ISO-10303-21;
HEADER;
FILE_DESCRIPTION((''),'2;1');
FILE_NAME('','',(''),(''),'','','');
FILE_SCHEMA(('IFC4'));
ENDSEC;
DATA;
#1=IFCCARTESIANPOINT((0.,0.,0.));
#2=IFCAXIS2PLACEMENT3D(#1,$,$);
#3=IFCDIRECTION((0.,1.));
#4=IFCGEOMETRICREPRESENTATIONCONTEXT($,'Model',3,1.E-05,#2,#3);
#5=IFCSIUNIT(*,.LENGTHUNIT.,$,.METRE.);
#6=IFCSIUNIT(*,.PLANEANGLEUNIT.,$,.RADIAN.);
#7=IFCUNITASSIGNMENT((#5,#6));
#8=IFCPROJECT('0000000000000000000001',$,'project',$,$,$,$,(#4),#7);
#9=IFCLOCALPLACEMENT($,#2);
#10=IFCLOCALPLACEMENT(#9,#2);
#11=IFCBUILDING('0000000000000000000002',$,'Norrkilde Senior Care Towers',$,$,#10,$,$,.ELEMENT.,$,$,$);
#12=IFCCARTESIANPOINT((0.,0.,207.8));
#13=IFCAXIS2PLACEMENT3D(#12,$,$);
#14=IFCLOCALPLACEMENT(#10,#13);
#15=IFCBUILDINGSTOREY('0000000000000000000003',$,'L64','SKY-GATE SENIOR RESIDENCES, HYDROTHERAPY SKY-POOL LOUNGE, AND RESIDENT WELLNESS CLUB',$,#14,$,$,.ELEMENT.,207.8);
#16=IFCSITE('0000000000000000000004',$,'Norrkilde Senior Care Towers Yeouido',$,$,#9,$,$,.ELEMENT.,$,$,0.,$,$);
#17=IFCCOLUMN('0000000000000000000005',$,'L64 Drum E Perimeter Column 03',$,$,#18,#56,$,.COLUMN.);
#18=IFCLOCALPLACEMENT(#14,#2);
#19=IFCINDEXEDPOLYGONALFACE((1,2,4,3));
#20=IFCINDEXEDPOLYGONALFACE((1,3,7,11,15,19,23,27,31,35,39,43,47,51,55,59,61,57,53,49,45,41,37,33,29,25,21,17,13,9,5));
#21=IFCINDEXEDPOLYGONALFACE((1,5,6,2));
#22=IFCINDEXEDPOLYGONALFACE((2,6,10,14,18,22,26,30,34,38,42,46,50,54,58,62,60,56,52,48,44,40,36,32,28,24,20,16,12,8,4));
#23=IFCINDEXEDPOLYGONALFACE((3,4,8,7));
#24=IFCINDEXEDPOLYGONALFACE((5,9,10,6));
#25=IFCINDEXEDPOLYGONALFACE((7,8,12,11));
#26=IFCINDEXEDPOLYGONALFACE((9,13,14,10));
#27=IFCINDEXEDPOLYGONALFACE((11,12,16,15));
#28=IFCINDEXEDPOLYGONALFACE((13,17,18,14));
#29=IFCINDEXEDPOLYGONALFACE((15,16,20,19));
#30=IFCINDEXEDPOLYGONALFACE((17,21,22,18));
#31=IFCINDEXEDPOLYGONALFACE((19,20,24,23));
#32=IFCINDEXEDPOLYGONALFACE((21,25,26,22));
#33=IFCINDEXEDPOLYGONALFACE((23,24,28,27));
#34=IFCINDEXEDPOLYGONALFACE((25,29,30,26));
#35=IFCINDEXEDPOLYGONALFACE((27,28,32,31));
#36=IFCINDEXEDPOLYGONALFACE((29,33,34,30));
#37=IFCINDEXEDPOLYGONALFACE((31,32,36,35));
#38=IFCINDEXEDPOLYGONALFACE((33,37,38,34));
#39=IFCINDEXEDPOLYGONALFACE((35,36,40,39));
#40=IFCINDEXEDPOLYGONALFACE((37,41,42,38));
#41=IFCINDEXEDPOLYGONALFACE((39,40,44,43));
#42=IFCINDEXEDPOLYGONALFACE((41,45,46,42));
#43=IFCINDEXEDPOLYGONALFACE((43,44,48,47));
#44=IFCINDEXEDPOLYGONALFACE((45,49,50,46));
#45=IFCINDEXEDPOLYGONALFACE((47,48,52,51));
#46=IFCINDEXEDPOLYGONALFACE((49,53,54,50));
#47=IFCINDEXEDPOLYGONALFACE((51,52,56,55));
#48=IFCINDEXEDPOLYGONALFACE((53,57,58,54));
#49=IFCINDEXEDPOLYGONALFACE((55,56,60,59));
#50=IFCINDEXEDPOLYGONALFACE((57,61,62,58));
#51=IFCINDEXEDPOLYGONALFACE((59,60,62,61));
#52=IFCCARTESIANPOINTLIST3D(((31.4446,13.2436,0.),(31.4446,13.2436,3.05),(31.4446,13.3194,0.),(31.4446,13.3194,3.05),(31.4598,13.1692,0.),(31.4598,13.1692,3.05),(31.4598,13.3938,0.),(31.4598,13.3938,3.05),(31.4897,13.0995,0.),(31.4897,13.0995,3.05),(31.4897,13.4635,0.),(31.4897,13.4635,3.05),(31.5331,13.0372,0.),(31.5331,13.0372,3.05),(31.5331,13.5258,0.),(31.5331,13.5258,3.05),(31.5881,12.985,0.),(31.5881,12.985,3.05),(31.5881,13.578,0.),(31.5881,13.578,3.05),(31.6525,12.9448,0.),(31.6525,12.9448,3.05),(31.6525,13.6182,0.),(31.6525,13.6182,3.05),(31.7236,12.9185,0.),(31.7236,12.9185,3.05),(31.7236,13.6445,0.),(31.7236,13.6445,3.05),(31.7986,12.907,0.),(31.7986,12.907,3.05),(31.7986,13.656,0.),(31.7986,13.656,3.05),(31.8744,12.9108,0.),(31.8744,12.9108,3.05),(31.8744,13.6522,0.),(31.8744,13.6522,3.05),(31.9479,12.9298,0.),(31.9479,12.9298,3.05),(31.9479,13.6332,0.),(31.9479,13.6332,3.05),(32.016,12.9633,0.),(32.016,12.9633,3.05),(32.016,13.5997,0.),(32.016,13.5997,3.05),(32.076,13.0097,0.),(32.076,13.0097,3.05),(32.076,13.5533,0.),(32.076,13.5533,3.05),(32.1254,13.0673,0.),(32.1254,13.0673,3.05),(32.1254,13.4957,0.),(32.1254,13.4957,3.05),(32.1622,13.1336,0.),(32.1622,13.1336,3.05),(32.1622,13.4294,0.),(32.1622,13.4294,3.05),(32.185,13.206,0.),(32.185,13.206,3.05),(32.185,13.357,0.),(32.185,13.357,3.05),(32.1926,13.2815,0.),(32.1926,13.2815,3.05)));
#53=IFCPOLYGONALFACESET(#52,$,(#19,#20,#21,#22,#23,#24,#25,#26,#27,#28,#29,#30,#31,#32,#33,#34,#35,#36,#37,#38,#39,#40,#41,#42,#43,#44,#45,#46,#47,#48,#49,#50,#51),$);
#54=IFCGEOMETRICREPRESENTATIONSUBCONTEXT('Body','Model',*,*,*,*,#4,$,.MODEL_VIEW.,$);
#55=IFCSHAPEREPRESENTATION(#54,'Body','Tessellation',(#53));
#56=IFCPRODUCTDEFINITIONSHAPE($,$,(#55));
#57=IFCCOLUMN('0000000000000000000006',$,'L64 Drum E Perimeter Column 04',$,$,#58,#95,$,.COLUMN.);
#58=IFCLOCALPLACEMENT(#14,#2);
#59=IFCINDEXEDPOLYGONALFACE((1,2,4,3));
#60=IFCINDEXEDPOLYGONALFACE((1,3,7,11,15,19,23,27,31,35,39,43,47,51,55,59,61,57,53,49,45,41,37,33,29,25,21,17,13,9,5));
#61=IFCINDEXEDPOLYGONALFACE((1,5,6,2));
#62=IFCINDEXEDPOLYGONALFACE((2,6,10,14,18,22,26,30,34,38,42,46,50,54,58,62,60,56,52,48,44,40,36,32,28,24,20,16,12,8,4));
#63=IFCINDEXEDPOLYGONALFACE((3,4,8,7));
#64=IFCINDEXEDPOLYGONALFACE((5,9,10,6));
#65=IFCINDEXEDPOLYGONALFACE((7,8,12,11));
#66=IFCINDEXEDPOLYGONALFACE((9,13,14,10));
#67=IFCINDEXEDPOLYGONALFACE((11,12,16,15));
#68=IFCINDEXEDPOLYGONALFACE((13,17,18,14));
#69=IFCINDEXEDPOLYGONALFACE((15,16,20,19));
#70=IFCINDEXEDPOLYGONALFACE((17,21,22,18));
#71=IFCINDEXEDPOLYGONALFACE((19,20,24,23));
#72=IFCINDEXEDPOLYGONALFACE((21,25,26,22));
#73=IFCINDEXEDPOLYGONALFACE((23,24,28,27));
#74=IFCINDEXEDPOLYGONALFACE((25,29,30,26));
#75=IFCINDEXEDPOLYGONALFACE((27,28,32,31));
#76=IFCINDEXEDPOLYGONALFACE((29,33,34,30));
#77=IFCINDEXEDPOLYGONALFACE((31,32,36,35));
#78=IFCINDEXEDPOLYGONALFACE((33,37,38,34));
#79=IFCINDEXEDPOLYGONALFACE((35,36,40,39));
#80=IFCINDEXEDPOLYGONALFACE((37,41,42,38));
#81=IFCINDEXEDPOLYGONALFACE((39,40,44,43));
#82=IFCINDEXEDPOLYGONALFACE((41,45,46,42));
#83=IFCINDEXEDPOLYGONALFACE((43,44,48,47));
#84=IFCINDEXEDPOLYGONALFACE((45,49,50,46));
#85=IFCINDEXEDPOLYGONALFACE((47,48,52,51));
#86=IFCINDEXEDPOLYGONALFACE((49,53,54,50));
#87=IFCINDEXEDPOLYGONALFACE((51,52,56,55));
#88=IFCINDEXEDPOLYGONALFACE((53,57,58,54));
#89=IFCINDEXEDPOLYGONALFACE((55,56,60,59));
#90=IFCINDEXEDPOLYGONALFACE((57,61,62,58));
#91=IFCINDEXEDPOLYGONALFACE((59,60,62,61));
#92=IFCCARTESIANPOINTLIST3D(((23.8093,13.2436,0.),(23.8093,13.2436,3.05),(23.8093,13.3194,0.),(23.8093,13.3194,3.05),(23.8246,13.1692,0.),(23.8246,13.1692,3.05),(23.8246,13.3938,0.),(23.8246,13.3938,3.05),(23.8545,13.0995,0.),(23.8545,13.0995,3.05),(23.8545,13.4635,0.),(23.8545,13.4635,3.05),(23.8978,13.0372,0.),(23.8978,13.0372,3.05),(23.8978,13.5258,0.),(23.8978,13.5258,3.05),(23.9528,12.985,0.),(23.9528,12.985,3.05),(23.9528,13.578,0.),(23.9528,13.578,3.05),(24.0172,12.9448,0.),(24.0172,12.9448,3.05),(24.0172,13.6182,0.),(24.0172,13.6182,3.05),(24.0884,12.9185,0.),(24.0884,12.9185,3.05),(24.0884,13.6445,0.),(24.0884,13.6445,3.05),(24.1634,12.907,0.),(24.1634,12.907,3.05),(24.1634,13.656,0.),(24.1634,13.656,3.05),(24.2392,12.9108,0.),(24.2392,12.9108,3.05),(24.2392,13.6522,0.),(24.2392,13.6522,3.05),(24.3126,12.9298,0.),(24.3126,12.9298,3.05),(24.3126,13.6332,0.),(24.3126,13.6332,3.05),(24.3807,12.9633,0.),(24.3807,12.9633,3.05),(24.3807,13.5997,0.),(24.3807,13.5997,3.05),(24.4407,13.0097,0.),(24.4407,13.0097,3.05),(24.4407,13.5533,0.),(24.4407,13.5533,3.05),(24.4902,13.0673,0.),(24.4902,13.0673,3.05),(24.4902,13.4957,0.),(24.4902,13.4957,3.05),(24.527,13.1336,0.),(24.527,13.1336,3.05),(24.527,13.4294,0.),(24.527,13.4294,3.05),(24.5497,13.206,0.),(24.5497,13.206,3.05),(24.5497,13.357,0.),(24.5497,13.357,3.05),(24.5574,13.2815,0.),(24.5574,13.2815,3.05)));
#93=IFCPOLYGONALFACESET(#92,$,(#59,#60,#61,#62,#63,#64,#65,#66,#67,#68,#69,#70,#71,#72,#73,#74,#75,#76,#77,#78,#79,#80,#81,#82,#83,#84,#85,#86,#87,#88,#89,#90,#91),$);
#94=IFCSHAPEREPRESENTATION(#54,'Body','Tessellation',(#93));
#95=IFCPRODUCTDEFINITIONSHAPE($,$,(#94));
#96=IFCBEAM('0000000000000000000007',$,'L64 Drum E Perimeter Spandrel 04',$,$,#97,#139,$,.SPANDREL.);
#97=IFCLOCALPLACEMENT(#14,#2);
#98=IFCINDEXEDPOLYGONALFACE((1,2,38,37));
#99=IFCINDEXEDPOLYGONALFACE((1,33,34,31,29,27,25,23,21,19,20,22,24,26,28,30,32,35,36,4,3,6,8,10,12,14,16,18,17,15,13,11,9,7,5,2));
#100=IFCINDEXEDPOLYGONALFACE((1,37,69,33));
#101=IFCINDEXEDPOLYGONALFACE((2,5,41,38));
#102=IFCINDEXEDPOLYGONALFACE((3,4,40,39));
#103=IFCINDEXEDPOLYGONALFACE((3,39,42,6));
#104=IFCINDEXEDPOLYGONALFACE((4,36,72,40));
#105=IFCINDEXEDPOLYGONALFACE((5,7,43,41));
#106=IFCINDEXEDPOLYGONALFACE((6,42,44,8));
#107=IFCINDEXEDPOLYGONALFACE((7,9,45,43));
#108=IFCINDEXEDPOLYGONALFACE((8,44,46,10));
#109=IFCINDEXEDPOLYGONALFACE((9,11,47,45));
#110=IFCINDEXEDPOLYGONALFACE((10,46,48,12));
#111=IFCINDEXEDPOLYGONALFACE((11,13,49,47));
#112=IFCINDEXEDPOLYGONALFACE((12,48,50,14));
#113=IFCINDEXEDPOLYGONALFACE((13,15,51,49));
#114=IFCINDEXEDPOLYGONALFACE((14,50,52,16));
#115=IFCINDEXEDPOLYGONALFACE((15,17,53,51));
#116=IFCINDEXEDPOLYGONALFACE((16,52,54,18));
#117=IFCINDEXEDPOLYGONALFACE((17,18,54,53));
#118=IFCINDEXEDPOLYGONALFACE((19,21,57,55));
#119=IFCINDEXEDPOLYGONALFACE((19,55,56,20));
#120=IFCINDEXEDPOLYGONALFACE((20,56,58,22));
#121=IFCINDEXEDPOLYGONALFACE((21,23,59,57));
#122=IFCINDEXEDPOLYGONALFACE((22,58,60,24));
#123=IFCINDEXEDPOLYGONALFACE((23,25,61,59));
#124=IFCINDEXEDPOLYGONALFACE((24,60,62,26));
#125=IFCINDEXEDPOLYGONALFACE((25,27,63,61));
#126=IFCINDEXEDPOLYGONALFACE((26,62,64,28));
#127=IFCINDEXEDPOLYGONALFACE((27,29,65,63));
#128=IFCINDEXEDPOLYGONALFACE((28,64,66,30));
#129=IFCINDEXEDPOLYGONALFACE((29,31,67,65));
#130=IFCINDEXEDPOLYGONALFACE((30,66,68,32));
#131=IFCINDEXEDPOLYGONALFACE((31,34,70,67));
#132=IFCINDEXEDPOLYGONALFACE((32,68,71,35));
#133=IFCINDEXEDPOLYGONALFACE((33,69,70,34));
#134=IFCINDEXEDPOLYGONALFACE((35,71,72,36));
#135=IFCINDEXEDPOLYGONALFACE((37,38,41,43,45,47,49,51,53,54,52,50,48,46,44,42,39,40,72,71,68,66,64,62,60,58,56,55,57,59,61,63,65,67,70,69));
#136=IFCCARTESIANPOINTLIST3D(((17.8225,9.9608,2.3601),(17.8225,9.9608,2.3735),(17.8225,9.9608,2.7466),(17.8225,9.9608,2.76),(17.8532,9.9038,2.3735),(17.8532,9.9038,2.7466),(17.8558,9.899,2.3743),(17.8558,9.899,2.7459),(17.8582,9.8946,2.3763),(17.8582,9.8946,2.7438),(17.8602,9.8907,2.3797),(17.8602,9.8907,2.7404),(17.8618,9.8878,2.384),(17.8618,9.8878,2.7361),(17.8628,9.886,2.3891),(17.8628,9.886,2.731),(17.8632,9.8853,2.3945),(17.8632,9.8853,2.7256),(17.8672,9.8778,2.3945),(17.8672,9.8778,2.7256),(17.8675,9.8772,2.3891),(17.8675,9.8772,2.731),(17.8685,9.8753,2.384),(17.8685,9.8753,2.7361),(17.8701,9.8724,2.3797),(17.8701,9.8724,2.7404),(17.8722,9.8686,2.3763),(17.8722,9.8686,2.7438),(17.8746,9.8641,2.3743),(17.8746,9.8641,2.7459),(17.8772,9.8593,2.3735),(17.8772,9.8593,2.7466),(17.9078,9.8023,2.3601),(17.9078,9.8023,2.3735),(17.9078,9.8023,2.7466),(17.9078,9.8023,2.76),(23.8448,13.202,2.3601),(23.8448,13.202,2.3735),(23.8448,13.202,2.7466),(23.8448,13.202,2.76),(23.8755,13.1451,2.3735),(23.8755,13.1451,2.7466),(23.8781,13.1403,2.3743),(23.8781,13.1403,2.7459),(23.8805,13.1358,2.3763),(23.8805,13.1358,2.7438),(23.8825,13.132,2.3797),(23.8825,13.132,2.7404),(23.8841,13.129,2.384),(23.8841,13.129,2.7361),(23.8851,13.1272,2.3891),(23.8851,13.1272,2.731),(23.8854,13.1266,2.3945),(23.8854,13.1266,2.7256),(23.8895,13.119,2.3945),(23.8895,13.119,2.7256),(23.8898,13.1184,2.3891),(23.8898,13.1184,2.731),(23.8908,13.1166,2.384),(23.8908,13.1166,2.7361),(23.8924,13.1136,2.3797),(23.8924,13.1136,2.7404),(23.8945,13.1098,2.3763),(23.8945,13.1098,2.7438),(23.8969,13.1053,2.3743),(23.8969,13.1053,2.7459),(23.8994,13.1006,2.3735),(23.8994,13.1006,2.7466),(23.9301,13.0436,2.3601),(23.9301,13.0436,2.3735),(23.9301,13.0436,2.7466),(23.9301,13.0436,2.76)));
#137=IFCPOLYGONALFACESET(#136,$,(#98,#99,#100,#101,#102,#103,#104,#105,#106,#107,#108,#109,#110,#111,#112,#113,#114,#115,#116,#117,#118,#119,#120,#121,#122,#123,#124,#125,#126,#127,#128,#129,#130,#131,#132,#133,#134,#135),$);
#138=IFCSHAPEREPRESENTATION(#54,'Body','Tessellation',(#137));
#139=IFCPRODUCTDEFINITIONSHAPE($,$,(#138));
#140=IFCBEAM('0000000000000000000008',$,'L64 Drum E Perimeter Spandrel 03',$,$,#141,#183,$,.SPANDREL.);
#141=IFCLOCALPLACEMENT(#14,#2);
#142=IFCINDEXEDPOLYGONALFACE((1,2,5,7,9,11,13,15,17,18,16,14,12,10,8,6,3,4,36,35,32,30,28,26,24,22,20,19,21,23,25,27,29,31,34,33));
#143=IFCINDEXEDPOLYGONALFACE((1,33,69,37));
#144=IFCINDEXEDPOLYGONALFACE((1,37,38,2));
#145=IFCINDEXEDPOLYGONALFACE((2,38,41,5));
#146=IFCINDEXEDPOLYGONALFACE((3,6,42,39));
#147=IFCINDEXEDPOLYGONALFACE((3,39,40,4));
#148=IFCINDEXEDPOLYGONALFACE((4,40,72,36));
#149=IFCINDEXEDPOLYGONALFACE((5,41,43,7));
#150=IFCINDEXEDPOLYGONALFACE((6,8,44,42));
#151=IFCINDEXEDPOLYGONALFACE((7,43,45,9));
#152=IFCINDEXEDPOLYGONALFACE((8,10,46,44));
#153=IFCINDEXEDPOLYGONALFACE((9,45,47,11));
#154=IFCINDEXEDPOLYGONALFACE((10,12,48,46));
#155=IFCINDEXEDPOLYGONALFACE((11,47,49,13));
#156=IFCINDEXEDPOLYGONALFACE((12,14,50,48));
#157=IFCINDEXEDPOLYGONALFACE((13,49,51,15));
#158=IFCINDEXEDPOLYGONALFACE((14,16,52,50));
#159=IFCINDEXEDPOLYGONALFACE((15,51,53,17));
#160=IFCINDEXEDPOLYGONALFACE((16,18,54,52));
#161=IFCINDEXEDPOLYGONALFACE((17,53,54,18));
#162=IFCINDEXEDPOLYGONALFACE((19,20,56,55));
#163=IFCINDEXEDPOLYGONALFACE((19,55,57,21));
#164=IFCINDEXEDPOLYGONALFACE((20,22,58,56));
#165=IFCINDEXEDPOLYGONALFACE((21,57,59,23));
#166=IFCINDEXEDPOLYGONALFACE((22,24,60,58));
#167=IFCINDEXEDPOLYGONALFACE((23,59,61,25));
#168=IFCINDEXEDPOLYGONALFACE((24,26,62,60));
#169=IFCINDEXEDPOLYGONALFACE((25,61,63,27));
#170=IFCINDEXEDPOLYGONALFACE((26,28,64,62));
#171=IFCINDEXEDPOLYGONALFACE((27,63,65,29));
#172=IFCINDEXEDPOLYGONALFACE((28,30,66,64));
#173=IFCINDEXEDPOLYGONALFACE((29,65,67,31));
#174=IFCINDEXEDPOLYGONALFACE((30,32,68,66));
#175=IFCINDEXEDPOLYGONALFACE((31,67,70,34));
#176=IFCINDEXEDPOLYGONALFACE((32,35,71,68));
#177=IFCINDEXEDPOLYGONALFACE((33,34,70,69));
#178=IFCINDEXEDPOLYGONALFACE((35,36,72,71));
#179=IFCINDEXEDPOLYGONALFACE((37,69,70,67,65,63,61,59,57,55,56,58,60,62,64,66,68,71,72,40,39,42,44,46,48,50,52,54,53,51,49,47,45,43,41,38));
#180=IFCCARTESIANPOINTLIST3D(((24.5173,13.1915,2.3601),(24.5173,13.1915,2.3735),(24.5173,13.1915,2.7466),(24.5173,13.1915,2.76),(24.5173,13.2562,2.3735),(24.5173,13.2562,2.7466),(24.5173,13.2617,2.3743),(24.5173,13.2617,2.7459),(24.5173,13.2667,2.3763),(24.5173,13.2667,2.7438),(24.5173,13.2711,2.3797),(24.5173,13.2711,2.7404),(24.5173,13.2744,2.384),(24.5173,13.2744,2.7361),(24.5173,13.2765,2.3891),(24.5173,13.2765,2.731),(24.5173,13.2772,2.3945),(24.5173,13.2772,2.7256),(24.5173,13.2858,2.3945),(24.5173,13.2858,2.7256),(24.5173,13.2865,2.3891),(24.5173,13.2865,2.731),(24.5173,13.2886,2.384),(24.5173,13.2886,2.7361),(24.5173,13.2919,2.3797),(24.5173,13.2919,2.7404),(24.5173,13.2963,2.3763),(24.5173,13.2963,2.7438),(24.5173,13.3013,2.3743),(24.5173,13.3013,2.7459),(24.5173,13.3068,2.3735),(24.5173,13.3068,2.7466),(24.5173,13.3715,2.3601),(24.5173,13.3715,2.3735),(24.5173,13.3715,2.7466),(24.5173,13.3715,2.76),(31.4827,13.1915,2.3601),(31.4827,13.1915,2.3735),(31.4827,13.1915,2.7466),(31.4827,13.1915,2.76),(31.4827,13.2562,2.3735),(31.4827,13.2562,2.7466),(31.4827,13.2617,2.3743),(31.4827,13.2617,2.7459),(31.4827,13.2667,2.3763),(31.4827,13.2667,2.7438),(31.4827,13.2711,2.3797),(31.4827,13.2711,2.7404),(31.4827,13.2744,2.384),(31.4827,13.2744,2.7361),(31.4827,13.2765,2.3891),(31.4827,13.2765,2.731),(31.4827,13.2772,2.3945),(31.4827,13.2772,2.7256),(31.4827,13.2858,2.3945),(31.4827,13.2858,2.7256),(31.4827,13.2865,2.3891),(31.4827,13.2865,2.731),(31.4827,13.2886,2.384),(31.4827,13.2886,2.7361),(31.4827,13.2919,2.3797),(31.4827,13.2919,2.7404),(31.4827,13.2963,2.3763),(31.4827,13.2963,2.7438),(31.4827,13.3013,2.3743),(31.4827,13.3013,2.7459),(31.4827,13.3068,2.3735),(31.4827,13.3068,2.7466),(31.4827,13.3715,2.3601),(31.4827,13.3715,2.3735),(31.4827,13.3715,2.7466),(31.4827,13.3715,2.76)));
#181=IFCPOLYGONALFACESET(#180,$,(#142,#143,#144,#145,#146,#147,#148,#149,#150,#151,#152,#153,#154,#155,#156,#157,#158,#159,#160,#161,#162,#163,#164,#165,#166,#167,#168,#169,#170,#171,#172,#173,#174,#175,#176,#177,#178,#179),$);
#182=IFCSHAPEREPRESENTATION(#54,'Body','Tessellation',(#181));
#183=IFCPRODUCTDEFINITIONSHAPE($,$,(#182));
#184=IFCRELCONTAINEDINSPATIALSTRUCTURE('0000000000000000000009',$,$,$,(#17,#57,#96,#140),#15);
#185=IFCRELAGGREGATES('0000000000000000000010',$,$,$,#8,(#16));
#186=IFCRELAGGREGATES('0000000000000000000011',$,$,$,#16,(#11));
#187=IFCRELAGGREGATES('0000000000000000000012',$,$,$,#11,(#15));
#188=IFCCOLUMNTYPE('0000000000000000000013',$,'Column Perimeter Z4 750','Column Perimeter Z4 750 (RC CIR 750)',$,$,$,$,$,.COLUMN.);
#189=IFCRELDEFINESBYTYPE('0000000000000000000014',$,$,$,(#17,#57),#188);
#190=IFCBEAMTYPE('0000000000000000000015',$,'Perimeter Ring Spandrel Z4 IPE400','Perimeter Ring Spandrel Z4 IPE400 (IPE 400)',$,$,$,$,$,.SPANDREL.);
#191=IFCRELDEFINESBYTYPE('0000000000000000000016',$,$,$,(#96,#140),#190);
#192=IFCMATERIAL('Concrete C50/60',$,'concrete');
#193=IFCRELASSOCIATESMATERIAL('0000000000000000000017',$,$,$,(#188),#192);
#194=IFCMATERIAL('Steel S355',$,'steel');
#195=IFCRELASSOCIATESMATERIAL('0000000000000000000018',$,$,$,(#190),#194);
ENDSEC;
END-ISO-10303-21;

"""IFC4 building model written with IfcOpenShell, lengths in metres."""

from ifc_helpers import new_model, si_unit, direction, frame, origin, origin_2d, place, context, subcontext, project, spatial, circle, i_section, extrude, source, transform, mapped, material, material_profile, profile_set, type_object, type_shapes, element, save


model = new_model("IFC4")

# Units and contexts
model_context = context("Model", 3, precision=1e-05, world=origin(), true_north=direction((0.0, 1.0)))
body_context = subcontext(model_context, "Body", "Model", "MODEL_VIEW")
ifc_project = project(units=[si_unit("LENGTHUNIT", "METRE"), si_unit("PLANEANGLEUNIT", "RADIAN")], contexts=[model_context])

# Site, building, storey
site_placement = place(None, origin())
site = spatial("IfcSite", under=ifc_project, at=site_placement, Name="Norrkilde Senior Care Towers Yeouido", CompositionType="ELEMENT", RefElevation=0.0)
building_placement = place(site_placement, origin())
building = spatial("IfcBuilding", under=site, at=building_placement, Name="Norrkilde Senior Care Towers", CompositionType="ELEMENT")
storey_placement = place(building_placement, frame((0.0, 0.0, 207.8)))
storey = spatial("IfcBuildingStorey", under=building, at=storey_placement, Name="L64", Description="SKY-GATE SENIOR RESIDENCES, HYDROTHERAPY SKY-POOL LOUNGE, AND RESIDENT WELLNESS CLUB", CompositionType="ELEMENT", Elevation=207.8)

# Columns
ifc_material_1 = material(Name="Concrete C50/60", Category="concrete")
ifc_material_profile_1 = material_profile(ifc_material_1, circle(Radius=0.375, at=origin_2d()), Name="RC CIR 750")
ifc_profile_set_1 = profile_set([ifc_material_profile_1], Name="Concrete C50/60")
column_type = type_object("IfcColumnType", Name="Column Perimeter Z4 750", Description="Column Perimeter Z4 750 (RC CIR 750)", PredefinedType="COLUMN", material=ifc_profile_set_1)
shared_shape_1 = source(origin(), body_context, "Body", "SweptSolid", [
    extrude(circle(Radius=0.375, at=origin_2d()), origin(), (0.0, 0.0, 1.0), 3.05),
])
type_shapes(column_type, [shared_shape_1])
for number, where, z_axis, x_axis, name in (
    (1, (31.8176, 13.2815, 0.0), (0.0, 0.0, 1.0), (1.0, 0.0, 0.0), "L64 Drum E Perimeter Column 03"),
    (2, (24.1824, 13.2815, 0.0), (0.0, 0.0, 1.0), (1.0, 0.0, 0.0), "L64 Drum E Perimeter Column 04"),
):
    element("IfcColumn", number, at=place(storey_placement, frame(where, z_axis=z_axis, x_axis=x_axis)), inside=storey, type_object=column_type, Name=name, PredefinedType="COLUMN", context=body_context, shape_type="MappedRepresentation", body=[
        mapped(shared_shape_1, transform((0.0, 0.0, 0.0), x_axis=(1.0, 0.0, 0.0), y_axis=(0.0, 1.0, 0.0), z_axis=(0.0, 0.0, 1.0), scale=1.0)),
    ])

# Beams
ifc_material_2 = material(Name="Steel S355", Category="steel")
ifc_material_profile_2 = material_profile(ifc_material_2, i_section(OverallWidth=0.1799, OverallDepth=0.3999, WebThickness=0.0085, FlangeThickness=0.0134, FilletRadius=0.021, at=origin_2d()), Name="IPE 400")
ifc_profile_set_2 = profile_set([ifc_material_profile_2], Name="Steel S355")
beam_type_1 = type_object("IfcBeamType", Name="Perimeter Ring Spandrel Z4 IPE400", Description="Perimeter Ring Spandrel Z4 IPE400 (IPE 400)", PredefinedType="SPANDREL", material=ifc_profile_set_2)
shared_shape_2 = source(origin(), body_context, "Body", "SweptSolid", [
    extrude(i_section(OverallWidth=0.1799, OverallDepth=0.3999, WebThickness=0.0085, FlangeThickness=0.0134, FilletRadius=0.021, at=origin_2d()), origin(), (0.0, 0.0, 1.0), 6.8391),
])
beam_1_placement = place(storey_placement, frame((23.8875, 13.1228, 2.5601), z_axis=(-0.880564, -0.473927, 0.0), x_axis=(0.473927, -0.880564, 0.0)))
element("IfcBeam", 3, at=beam_1_placement, inside=storey, type_object=beam_type_1, Name="L64 Drum E Perimeter Spandrel 04", PredefinedType="SPANDREL", context=body_context, shape_type="MappedRepresentation", body=[
    mapped(shared_shape_2, transform((0.0, 0.0, 0.0), x_axis=(1.0, 0.0, 0.0), y_axis=(0.0, 1.0, 0.0), z_axis=(0.0, 0.0, 1.0), scale=1.0)),
])
shared_shape_3 = source(origin(), body_context, "Body", "SweptSolid", [
    extrude(i_section(OverallWidth=0.1799, OverallDepth=0.3999, WebThickness=0.0085, FlangeThickness=0.0134, FilletRadius=0.021, at=origin_2d()), origin(), (0.0, 0.0, 1.0), 6.9653),
])
type_shapes(beam_type_1, [shared_shape_2, shared_shape_3])
beam_2_placement = place(storey_placement, frame((31.4827, 13.2815, 2.5601), z_axis=(-1.0, 0.0, 0.0), x_axis=(0.0, -1.0, 0.0)))
element("IfcBeam", 4, at=beam_2_placement, inside=storey, type_object=beam_type_1, Name="L64 Drum E Perimeter Spandrel 03", PredefinedType="SPANDREL", context=body_context, shape_type="MappedRepresentation", body=[
    mapped(shared_shape_3, transform((0.0, 0.0, 0.0), x_axis=(1.0, 0.0, 0.0), y_axis=(0.0, 1.0, 0.0), z_axis=(0.0, 0.0, 1.0), scale=1.0)),
])

save(model, "model.ifc")
